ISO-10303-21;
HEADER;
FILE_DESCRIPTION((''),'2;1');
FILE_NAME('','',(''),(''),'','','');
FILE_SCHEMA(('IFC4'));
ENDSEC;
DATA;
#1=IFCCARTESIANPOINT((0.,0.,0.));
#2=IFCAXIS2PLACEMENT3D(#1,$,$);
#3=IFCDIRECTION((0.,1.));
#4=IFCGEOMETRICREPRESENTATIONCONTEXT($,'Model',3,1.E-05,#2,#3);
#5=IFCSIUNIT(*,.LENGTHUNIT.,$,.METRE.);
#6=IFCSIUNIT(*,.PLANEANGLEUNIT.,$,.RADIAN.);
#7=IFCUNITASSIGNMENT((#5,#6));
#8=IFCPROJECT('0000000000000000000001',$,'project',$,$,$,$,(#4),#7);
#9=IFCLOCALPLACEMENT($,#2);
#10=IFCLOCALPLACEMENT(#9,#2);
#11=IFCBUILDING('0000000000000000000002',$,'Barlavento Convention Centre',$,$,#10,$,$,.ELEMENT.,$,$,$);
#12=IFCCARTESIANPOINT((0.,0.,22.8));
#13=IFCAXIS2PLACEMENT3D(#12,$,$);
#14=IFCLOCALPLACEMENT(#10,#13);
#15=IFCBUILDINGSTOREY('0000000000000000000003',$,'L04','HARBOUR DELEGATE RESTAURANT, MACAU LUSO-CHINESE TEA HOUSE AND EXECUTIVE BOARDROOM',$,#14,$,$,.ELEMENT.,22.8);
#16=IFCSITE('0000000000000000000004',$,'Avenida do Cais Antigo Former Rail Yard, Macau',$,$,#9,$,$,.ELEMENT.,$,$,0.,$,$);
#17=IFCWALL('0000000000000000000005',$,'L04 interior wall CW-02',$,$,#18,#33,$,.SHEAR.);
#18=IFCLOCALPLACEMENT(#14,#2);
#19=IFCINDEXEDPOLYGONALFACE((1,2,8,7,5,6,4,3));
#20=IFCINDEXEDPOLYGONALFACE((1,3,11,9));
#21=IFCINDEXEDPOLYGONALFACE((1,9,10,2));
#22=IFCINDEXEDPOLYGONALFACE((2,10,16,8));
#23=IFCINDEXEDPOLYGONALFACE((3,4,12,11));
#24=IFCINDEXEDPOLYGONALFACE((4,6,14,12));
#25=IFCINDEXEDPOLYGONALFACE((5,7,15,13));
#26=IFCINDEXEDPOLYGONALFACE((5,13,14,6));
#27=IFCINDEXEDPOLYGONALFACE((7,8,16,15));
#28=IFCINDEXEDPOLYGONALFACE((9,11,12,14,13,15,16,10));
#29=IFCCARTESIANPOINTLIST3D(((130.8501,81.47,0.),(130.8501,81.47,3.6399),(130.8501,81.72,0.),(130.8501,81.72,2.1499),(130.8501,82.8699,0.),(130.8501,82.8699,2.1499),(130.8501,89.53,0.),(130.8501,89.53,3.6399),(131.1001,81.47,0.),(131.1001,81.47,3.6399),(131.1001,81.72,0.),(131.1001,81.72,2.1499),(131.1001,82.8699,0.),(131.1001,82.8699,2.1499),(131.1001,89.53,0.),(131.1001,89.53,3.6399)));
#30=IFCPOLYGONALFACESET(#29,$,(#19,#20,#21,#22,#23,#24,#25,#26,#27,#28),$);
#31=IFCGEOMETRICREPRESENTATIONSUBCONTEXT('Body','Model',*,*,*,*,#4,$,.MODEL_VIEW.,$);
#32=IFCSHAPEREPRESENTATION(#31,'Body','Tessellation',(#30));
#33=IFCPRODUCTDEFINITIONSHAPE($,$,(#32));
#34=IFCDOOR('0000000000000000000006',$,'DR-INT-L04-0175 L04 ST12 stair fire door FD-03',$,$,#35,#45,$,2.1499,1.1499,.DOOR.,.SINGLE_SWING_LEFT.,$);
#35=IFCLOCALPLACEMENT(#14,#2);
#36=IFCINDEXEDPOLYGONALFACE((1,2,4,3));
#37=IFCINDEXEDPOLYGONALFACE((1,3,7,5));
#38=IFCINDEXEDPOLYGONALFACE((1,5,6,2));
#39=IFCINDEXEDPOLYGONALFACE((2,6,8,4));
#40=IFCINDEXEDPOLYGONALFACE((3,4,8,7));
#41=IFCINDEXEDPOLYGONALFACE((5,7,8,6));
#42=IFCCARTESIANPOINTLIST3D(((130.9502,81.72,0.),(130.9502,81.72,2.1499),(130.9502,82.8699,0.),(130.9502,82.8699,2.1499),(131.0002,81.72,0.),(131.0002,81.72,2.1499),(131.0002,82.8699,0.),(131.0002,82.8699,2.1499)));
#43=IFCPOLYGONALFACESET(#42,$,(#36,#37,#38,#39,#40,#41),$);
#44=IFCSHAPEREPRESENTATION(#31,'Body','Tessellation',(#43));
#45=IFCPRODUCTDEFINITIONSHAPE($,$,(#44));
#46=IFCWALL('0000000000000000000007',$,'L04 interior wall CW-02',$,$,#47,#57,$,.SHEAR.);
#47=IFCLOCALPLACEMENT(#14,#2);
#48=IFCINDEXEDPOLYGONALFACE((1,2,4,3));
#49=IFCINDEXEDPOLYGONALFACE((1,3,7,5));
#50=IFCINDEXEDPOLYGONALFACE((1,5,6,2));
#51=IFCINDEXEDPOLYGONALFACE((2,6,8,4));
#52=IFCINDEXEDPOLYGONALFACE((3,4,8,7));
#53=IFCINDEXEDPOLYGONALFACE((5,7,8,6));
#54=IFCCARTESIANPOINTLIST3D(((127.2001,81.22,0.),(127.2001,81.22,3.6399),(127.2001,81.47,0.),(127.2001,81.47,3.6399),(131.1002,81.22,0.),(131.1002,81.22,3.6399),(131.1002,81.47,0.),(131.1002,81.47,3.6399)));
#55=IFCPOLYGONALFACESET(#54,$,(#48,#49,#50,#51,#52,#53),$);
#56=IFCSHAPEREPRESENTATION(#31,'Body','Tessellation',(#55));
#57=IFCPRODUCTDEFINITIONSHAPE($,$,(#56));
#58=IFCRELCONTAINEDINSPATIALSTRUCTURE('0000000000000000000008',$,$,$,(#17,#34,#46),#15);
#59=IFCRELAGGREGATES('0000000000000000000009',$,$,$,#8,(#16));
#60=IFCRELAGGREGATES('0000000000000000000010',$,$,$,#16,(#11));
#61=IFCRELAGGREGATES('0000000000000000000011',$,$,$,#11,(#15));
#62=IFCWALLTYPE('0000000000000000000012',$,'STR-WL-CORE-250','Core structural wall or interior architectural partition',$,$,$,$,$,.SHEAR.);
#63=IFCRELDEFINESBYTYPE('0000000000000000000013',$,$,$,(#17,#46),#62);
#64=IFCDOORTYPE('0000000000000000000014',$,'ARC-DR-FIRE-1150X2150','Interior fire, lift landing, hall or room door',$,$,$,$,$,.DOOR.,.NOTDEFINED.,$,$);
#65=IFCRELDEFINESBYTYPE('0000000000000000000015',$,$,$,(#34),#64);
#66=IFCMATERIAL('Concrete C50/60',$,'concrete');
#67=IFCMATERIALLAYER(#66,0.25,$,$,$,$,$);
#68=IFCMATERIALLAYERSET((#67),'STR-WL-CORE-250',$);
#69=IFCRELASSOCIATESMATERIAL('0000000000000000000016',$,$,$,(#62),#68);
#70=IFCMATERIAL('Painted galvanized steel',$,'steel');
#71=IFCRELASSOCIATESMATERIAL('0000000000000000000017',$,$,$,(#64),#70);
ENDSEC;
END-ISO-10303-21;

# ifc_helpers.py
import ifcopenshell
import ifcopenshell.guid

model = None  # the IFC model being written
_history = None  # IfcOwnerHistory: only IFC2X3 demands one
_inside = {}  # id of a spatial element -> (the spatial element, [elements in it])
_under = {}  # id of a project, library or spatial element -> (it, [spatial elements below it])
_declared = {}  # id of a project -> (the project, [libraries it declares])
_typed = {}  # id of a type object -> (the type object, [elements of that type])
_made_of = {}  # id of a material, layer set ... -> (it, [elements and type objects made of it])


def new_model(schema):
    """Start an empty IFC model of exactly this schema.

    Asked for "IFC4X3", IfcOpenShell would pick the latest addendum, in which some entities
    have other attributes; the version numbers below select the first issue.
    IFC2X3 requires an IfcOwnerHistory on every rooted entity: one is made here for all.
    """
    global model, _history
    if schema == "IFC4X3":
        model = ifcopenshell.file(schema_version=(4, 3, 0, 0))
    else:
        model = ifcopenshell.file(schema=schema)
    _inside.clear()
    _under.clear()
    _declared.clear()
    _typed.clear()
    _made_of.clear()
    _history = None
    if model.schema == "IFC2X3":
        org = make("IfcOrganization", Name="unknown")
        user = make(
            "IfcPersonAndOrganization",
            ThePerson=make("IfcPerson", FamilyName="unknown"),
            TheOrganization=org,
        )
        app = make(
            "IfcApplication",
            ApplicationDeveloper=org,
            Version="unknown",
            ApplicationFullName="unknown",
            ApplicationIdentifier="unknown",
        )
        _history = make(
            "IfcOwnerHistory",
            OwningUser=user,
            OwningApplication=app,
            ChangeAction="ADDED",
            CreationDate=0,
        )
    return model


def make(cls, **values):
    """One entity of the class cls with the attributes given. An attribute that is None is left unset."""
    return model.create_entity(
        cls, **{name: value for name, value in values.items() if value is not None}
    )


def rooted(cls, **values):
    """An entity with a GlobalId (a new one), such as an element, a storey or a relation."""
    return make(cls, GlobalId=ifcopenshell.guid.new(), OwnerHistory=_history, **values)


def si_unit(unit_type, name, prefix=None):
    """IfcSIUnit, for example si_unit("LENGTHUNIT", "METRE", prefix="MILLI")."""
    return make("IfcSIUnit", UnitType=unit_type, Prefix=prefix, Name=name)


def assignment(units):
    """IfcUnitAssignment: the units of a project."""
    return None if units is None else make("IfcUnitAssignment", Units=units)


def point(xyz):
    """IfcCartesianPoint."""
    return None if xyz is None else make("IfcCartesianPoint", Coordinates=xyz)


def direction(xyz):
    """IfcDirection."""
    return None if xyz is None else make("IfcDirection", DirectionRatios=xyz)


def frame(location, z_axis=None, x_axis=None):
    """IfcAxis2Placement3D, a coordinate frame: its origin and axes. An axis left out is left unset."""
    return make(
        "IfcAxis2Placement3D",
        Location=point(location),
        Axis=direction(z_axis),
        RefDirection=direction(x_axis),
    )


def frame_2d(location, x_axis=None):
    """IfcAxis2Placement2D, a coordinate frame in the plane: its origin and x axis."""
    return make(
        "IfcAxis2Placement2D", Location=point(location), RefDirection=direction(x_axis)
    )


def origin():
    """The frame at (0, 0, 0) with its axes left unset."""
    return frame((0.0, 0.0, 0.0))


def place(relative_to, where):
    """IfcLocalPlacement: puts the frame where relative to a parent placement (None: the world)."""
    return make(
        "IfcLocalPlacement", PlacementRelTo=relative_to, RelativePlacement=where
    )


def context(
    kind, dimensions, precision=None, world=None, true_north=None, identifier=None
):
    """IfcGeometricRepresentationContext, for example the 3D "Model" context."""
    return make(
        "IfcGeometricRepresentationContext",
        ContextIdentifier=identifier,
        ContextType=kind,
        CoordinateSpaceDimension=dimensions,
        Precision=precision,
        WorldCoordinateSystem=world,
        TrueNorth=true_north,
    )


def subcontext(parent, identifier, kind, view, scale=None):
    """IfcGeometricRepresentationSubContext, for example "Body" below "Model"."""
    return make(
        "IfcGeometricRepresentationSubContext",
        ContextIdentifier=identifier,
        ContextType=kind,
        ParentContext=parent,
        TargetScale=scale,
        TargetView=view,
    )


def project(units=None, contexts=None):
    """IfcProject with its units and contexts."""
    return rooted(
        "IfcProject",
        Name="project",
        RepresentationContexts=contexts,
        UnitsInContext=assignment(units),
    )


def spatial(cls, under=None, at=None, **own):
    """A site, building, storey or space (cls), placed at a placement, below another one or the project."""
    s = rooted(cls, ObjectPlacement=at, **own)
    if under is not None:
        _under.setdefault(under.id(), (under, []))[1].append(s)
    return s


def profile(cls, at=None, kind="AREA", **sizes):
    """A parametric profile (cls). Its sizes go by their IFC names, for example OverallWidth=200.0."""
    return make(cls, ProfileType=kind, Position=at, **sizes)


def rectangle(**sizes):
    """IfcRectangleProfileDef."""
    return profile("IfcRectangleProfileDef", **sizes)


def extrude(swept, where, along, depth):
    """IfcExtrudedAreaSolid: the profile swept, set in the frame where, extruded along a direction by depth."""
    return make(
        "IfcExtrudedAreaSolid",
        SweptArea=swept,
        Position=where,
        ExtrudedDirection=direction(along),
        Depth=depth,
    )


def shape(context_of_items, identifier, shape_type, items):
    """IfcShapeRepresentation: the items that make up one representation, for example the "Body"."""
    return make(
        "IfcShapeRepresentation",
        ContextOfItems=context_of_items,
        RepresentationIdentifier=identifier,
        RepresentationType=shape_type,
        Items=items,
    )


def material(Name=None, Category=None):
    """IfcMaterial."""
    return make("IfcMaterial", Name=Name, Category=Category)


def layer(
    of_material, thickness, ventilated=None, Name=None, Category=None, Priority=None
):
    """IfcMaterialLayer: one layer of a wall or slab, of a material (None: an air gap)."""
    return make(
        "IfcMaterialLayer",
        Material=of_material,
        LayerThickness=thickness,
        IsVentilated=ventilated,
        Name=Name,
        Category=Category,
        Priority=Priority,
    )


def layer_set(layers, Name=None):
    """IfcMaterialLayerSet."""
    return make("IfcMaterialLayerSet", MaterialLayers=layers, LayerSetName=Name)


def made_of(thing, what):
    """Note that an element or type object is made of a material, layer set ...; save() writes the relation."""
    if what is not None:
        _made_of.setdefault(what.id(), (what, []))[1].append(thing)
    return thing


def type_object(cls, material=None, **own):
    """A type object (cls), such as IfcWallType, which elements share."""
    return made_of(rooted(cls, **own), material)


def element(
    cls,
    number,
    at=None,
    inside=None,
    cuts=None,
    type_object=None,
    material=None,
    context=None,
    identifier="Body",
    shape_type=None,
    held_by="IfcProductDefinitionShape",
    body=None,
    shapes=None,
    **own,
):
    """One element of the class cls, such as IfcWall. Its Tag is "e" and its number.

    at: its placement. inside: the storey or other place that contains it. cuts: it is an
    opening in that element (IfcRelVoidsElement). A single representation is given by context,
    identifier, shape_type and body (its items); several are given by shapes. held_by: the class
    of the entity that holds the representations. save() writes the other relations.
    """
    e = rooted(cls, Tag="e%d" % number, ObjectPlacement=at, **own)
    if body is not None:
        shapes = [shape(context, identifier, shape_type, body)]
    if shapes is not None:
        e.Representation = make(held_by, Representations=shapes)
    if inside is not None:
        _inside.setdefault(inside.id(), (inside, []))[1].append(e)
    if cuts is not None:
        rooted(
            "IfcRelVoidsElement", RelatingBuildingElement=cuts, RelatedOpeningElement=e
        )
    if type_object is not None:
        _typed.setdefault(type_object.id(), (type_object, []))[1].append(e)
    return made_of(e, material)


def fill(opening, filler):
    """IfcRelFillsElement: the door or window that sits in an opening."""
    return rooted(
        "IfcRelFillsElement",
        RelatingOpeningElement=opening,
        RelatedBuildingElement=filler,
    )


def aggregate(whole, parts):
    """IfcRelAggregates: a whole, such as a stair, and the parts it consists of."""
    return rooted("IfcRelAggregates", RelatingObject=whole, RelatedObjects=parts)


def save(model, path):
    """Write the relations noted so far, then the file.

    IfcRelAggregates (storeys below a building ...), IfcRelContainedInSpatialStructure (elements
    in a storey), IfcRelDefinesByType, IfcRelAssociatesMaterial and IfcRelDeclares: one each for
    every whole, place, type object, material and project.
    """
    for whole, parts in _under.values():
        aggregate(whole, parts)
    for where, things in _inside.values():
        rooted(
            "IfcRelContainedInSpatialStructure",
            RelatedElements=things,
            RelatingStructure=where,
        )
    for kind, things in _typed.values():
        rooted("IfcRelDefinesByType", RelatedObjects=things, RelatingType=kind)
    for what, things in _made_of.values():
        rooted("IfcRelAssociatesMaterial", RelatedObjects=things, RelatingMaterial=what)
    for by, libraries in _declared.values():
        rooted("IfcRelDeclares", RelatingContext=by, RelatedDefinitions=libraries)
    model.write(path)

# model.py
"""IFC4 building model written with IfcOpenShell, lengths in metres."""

from ifc_helpers import new_model, si_unit, direction, frame, frame_2d, origin, place, context, subcontext, project, spatial, rectangle, extrude, material, layer, layer_set, type_object, element, fill, save


model = new_model("IFC4")

# Units and contexts
model_context = context("Model", 3, precision=1e-05, world=origin(), true_north=direction((0.0, 1.0)))
body_context = subcontext(model_context, "Body", "Model", "MODEL_VIEW")
ifc_project = project(units=[si_unit("LENGTHUNIT", "METRE"), si_unit("PLANEANGLEUNIT", "RADIAN")], contexts=[model_context])

# Site, building, storey
site_placement = place(None, origin())
site = spatial("IfcSite", under=ifc_project, at=site_placement, Name="Avenida do Cais Antigo Former Rail Yard, Macau", CompositionType="ELEMENT", RefElevation=0.0)
building_placement = place(site_placement, origin())
building = spatial("IfcBuilding", under=site, at=building_placement, Name="Barlavento Convention Centre", CompositionType="ELEMENT")
storey_placement = place(building_placement, frame((0.0, 0.0, 22.8)))
storey = spatial("IfcBuildingStorey", under=building, at=storey_placement, Name="L04", Description="HARBOUR DELEGATE RESTAURANT, MACAU LUSO-CHINESE TEA HOUSE AND EXECUTIVE BOARDROOM", CompositionType="ELEMENT", Elevation=22.8)

# Shared definitions
ifc_material_1 = material(Name="Concrete C50/60", Category="concrete")
ifc_layer_1 = layer(ifc_material_1, 0.25)
ifc_layer_set_1 = layer_set([ifc_layer_1], Name="STR-WL-CORE-250")
wall_type_1 = type_object("IfcWallType", Name="STR-WL-CORE-250", Description="Core structural wall or interior architectural partition", PredefinedType="SHEAR", material=ifc_layer_set_1)

# Wall, opening, door
wall_1_placement = place(storey_placement, frame((130.9751, 81.47, 0.0), z_axis=(0.0, 0.0, 1.0), x_axis=(0.0, 1.0, 0.0)))
wall_1 = element("IfcWall", 1, at=wall_1_placement, inside=storey, type_object=wall_type_1, Name="L04 interior wall CW-02", PredefinedType="SHEAR", context=body_context, shape_type="SweptSolid", body=[
    extrude(rectangle(XDim=8.0601, YDim=0.25, at=frame_2d((4.03, 0.0))), origin(), (0.0, 0.0, 1.0), 3.6399),
])
opening_placement = place(wall_1_placement, frame((0.25, 0.0, 0.0)))
opening = element("IfcOpeningElement", 2, at=opening_placement, cuts=wall_1, PredefinedType="OPENING", context=body_context, shape_type="SweptSolid", body=[
    extrude(rectangle(XDim=1.1499, YDim=2.1499, at=frame_2d((0.575, 1.075))), frame((0.0, 0.135, 0.0), z_axis=(0.0, -1.0, 0.0), x_axis=(1.0, 0.0, 0.0)), (0.0, 0.0, 1.0), 0.27),
])
ifc_material_2 = material(Name="Painted galvanized steel", Category="steel")
door_type = type_object("IfcDoorType", Name="ARC-DR-FIRE-1150X2150", Description="Interior fire, lift landing, hall or room door", OperationType="NOTDEFINED", PredefinedType="DOOR", material=ifc_material_2)
door_placement = place(opening_placement, origin())
door = element("IfcDoor", 3, at=door_placement, inside=storey, type_object=door_type, Name="DR-INT-L04-0175 L04 ST12 stair fire door FD-03", OperationType="SINGLE_SWING_LEFT", OverallHeight=2.1499, OverallWidth=1.1499, PredefinedType="DOOR", context=body_context, shape_type="SweptSolid", body=[
    extrude(rectangle(XDim=1.1499, YDim=2.1499, at=frame_2d((0.575, 1.075))), frame((0.0, 0.0249, 0.0), z_axis=(0.0, -1.0, 0.0), x_axis=(1.0, 0.0, 0.0)), (0.0, 0.0, 1.0), 0.05),
])
fill(opening, door)

# Wall
wall_2_placement = place(storey_placement, frame((127.2, 81.345, 0.0), z_axis=(0.0, 0.0, 1.0), x_axis=(1.0, 0.0, 0.0)))
element("IfcWall", 4, at=wall_2_placement, inside=storey, type_object=wall_type_1, Name="L04 interior wall CW-02", PredefinedType="SHEAR", context=body_context, shape_type="SweptSolid", body=[
    extrude(rectangle(XDim=3.9001, YDim=0.25, at=frame_2d((1.9502, 0.0))), origin(), (0.0, 0.0, 1.0), 3.6399),
])

save(model, "model.ifc")
